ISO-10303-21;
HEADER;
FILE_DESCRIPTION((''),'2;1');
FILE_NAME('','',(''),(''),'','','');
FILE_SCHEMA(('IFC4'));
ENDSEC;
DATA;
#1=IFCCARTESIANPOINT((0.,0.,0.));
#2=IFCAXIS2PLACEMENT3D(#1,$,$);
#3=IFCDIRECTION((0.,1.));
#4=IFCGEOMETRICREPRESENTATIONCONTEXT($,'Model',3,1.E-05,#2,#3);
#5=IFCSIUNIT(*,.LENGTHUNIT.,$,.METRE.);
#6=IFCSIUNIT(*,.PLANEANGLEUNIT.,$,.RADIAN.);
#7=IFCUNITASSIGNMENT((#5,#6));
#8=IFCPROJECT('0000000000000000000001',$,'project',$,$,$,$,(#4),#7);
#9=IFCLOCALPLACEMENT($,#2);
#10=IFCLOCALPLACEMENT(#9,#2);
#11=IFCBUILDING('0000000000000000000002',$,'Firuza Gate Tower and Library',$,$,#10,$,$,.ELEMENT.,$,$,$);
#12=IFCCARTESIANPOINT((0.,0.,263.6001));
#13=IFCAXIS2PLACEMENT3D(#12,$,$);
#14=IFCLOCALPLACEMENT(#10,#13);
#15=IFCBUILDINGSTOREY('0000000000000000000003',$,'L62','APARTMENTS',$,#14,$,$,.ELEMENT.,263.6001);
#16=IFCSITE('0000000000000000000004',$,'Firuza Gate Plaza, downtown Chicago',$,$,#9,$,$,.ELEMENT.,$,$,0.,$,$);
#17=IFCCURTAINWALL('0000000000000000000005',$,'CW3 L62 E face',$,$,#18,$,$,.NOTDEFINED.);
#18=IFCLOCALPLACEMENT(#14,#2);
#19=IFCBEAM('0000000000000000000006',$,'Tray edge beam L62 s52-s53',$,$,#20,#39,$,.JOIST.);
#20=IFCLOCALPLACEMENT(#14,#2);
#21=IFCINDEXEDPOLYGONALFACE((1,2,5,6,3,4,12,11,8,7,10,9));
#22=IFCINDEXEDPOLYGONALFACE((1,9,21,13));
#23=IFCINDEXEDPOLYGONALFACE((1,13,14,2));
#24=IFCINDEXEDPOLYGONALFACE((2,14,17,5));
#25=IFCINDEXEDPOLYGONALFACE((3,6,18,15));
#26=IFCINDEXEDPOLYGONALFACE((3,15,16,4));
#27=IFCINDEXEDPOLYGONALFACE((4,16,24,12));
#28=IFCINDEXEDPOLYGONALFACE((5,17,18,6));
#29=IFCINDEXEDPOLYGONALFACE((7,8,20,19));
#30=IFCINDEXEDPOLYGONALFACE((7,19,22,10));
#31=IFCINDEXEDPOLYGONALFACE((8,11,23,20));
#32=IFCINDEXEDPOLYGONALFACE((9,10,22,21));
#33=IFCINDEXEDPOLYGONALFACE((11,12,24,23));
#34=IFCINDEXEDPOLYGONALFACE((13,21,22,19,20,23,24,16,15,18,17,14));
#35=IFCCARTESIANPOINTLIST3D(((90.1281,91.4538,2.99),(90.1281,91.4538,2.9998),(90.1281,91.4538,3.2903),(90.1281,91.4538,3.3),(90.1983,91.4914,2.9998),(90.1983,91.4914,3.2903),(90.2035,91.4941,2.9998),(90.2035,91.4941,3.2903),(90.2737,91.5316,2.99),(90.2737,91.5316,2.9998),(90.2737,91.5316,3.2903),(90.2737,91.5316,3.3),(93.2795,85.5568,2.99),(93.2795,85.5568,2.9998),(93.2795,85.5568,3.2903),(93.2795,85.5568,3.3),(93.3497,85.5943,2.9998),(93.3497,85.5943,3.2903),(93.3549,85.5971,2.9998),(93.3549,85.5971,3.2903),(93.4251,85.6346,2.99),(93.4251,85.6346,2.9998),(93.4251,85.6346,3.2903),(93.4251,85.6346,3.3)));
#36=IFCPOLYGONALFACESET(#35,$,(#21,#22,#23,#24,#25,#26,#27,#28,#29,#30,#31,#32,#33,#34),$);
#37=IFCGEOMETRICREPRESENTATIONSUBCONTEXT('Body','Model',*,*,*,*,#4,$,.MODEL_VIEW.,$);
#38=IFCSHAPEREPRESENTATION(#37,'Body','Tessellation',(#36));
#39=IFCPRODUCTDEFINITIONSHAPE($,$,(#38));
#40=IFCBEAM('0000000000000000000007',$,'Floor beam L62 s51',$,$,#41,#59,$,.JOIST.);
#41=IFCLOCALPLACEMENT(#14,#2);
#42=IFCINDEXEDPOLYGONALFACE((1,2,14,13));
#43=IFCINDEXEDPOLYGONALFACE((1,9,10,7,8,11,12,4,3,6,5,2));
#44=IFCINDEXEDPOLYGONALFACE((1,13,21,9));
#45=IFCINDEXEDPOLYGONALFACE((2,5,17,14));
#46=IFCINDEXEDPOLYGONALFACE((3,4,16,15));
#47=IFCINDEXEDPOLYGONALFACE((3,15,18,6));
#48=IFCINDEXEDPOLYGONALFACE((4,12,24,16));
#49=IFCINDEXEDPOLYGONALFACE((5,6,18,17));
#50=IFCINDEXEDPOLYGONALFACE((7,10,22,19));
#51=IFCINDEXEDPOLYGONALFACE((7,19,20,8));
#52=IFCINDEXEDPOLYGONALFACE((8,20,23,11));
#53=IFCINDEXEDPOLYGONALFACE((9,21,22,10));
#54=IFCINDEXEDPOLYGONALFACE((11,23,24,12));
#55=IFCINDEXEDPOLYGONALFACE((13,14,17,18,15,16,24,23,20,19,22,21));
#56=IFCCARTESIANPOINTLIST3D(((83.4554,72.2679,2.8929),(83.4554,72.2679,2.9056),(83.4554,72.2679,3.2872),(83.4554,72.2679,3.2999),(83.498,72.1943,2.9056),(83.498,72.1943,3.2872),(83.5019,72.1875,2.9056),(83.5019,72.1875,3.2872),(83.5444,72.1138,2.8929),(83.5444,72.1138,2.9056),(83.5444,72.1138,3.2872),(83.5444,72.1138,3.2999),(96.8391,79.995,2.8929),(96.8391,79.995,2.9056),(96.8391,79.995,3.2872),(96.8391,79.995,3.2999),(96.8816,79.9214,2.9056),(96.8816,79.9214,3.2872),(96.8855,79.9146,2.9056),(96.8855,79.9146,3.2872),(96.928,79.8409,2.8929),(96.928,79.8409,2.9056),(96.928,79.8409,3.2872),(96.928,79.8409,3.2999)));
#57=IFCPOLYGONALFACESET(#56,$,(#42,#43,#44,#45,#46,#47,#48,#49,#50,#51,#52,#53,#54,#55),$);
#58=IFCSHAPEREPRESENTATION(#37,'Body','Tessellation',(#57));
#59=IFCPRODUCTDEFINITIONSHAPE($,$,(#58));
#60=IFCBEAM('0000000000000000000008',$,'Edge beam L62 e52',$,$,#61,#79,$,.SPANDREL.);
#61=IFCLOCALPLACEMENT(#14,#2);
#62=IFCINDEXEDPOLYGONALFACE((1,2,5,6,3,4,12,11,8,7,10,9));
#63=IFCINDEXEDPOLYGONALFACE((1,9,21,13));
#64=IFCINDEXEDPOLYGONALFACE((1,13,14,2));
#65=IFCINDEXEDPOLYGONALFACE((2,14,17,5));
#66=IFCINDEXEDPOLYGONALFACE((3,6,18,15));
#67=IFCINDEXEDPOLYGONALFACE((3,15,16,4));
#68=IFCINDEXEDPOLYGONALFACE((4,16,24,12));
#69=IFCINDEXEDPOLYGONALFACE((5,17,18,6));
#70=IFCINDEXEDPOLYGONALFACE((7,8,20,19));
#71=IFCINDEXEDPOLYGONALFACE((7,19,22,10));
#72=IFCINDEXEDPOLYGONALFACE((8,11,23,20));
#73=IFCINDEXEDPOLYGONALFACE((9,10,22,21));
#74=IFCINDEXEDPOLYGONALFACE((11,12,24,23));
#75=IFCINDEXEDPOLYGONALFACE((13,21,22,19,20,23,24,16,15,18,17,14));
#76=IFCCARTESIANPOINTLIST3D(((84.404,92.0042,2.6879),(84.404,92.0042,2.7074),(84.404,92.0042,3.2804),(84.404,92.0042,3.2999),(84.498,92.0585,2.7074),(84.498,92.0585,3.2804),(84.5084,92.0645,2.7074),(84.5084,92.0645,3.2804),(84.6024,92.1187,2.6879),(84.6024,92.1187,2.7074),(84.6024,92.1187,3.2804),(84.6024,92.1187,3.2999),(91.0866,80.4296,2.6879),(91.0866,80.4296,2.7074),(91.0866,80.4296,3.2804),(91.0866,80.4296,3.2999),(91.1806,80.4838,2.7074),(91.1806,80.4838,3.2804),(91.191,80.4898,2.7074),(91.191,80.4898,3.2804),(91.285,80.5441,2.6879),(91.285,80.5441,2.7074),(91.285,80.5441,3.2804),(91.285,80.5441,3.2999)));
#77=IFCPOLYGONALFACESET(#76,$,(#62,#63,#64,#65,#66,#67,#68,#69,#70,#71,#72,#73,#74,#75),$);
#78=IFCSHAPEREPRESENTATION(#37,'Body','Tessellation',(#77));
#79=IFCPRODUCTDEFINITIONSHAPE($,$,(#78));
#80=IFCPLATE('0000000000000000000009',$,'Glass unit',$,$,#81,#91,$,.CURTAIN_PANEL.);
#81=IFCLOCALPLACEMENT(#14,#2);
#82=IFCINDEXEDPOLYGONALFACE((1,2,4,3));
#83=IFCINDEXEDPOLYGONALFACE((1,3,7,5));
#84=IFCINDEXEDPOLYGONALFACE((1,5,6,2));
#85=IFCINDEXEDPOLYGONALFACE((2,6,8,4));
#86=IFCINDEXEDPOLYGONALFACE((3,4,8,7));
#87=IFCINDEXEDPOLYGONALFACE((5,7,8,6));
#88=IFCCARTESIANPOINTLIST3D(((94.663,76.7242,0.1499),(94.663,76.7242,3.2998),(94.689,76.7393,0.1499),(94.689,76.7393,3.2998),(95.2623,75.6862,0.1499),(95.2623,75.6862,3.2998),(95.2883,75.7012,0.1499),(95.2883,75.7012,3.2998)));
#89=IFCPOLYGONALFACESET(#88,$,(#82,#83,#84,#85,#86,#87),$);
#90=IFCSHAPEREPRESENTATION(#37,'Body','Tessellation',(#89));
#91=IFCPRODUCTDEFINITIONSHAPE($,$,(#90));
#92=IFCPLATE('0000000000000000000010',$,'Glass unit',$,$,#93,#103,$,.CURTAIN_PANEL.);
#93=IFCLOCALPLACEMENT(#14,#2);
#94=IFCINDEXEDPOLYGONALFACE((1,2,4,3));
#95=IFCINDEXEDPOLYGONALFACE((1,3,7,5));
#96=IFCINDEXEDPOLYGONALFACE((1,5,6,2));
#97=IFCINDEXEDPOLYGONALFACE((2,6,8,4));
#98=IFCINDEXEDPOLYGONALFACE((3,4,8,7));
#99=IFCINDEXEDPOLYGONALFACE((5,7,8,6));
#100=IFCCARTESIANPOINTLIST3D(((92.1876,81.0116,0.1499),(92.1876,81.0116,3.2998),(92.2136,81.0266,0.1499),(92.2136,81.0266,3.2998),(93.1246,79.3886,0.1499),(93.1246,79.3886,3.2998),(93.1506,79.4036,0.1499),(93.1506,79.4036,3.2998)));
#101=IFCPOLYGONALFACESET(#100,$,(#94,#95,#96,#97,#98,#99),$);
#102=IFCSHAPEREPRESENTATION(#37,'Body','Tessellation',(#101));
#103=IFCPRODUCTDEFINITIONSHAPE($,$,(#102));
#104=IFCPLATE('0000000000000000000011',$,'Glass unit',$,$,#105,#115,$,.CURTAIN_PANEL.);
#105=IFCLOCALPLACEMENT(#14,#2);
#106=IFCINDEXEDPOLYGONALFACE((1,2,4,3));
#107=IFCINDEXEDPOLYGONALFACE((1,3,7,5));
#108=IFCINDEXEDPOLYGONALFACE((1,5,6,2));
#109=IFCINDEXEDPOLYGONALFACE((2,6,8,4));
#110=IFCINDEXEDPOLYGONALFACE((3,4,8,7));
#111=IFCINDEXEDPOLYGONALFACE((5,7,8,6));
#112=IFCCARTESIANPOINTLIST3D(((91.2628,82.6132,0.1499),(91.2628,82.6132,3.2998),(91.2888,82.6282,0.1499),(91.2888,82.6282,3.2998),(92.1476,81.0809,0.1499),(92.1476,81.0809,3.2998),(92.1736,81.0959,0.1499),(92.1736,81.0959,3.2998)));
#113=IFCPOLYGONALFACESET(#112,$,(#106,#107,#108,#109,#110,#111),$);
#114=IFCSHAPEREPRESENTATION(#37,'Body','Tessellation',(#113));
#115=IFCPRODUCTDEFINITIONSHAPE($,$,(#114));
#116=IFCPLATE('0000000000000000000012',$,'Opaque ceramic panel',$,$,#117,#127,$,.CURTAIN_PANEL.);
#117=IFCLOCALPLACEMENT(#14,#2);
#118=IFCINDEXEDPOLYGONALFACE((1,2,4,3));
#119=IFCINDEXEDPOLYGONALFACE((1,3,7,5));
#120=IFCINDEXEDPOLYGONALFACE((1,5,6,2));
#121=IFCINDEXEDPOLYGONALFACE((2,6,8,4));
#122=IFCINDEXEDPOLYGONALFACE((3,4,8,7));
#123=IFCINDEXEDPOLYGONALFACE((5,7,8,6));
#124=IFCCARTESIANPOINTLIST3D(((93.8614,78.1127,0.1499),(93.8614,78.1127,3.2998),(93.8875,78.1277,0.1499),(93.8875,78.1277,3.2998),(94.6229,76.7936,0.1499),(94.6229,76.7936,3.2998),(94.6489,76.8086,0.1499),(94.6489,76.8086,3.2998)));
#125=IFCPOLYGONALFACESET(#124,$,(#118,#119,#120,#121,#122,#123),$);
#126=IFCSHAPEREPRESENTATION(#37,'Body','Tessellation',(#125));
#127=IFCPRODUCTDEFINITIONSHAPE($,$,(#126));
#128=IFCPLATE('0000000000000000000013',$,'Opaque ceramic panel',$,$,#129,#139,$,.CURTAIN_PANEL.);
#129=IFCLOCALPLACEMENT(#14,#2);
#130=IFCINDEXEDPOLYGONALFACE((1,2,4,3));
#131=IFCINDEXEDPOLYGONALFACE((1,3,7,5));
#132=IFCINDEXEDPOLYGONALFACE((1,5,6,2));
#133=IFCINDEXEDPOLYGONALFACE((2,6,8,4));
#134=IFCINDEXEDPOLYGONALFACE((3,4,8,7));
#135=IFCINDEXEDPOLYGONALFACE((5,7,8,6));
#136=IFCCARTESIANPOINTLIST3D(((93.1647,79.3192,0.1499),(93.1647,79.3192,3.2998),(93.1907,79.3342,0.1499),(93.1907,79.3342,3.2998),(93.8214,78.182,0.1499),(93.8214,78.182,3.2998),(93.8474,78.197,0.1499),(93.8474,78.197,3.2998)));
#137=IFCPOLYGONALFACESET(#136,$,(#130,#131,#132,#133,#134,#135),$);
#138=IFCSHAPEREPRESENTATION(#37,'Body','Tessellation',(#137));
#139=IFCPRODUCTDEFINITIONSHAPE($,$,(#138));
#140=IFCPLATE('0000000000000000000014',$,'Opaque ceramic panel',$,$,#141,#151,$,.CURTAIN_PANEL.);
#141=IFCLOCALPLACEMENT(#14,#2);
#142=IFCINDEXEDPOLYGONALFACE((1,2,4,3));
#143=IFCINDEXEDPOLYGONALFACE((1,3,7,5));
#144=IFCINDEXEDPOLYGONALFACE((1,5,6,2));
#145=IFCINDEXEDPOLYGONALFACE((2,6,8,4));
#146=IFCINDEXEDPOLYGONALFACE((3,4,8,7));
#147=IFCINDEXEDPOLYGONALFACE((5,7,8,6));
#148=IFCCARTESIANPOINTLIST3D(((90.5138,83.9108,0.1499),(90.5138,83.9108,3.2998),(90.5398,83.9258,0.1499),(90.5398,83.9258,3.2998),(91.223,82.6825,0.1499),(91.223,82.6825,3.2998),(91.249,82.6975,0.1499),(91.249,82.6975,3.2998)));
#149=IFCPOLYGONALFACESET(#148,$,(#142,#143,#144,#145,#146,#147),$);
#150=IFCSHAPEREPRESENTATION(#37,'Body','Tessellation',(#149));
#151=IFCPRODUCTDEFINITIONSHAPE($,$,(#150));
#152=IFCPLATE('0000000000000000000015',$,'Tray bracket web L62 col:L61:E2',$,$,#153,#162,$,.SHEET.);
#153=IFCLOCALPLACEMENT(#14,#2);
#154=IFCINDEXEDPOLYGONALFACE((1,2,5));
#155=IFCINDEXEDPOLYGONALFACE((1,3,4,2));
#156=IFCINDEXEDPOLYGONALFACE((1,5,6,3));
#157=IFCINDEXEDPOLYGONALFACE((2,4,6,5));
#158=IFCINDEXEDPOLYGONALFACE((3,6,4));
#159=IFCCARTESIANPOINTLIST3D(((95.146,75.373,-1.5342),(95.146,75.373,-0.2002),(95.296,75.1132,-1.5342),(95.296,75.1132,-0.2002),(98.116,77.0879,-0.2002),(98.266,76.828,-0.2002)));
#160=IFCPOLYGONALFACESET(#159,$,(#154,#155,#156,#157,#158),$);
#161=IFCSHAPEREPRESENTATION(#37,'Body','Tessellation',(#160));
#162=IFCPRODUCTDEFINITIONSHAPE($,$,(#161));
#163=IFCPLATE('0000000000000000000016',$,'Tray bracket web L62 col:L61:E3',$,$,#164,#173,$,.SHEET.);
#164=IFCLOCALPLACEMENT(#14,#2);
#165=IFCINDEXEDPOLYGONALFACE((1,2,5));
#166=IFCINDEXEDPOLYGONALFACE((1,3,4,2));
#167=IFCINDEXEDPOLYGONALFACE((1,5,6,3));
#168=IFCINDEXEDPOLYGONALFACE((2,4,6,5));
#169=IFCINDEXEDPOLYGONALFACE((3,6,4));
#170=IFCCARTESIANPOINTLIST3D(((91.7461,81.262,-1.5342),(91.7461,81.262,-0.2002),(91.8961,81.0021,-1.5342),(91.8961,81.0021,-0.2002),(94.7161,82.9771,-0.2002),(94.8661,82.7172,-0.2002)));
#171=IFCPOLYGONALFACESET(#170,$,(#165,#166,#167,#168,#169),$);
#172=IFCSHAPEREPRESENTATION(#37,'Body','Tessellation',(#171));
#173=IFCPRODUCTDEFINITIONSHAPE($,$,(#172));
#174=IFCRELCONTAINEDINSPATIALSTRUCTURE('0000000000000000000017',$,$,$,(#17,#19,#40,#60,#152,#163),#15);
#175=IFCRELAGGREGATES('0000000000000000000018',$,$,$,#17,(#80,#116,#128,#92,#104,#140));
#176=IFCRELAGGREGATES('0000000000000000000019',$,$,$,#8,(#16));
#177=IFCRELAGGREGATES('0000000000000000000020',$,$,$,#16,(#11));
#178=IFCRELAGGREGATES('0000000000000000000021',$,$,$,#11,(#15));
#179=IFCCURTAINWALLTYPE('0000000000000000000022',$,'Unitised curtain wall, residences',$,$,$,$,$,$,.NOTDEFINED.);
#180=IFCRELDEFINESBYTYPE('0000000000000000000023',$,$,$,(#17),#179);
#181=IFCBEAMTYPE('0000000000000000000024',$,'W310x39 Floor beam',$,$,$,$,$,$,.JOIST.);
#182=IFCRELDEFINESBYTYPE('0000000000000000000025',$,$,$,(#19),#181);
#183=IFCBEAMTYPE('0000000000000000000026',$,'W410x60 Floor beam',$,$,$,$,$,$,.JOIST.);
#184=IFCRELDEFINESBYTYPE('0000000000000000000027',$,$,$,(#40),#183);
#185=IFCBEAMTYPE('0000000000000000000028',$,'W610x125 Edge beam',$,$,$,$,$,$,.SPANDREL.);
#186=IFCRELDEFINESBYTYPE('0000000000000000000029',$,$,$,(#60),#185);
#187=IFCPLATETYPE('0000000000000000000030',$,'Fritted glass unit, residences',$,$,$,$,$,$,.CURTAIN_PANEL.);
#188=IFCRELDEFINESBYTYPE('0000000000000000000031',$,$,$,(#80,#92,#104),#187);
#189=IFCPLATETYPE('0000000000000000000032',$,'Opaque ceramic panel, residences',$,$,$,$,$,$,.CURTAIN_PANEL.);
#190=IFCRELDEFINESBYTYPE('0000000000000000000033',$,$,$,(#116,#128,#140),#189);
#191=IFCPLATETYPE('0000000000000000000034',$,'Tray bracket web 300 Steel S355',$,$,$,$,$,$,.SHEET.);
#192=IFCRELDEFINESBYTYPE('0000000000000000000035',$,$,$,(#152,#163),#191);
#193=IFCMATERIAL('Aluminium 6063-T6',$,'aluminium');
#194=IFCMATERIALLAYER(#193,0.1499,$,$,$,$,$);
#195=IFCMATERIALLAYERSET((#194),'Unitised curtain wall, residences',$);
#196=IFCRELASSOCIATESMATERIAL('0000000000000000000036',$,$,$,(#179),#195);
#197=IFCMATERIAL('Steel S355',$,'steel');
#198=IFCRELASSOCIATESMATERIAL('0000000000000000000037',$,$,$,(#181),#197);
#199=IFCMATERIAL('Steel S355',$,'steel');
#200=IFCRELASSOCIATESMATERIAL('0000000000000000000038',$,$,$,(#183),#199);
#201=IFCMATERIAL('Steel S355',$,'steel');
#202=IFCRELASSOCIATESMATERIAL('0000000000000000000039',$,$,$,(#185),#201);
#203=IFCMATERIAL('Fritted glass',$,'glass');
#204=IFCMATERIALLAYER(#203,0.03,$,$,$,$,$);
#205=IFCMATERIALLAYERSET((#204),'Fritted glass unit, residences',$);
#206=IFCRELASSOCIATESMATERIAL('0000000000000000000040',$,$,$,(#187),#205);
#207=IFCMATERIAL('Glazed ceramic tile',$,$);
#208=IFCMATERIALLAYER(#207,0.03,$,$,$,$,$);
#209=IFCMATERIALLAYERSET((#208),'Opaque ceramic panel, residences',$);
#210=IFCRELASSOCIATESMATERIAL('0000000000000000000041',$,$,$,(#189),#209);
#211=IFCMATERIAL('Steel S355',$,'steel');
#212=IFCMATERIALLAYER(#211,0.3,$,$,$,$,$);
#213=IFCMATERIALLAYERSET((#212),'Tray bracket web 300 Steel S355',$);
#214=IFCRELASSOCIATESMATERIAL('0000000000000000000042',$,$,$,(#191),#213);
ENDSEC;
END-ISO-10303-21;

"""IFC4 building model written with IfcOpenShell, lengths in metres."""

from ifc_helpers import new_model, si_unit, direction, frame, origin, origin_2d, place, context, subcontext, project, spatial, polyline, i_section, outline, extrude, material, layer, layer_set, material_profile, profile_set, type_object, element, aggregate, save


model = new_model("IFC4")

# Units and contexts
model_context = context("Model", 3, precision=1e-05, world=origin(), true_north=direction((0.0, 1.0)))
body_context = subcontext(model_context, "Body", "Model", "MODEL_VIEW")
ifc_project = project(units=[si_unit("LENGTHUNIT", "METRE"), si_unit("PLANEANGLEUNIT", "RADIAN")], contexts=[model_context])

# Site, building, storey
site_placement = place(None, origin())
site = spatial("IfcSite", under=ifc_project, at=site_placement, Name="Firuza Gate Plaza, downtown Chicago", CompositionType="ELEMENT", RefElevation=0.0)
building_placement = place(site_placement, origin())
building = spatial("IfcBuilding", under=site, at=building_placement, Name="Firuza Gate Tower and Library", CompositionType="ELEMENT")
storey_placement = place(building_placement, frame((0.0, 0.0, 263.6001)))
storey = spatial("IfcBuildingStorey", under=building, at=storey_placement, Name="L62", Description="APARTMENTS", CompositionType="ELEMENT", Elevation=263.6001)

# Curtain wall
ifc_material_1 = material(Name="Aluminium 6063-T6", Category="aluminium")
ifc_layer_1 = layer(ifc_material_1, 0.1499)
ifc_layer_set_1 = layer_set([ifc_layer_1], Name="Unitised curtain wall, residences")
curtain_wall_type = type_object("IfcCurtainWallType", Name="Unitised curtain wall, residences", PredefinedType="NOTDEFINED", material=ifc_layer_set_1)
curtain_wall_placement = place(storey_placement, origin())
curtain_wall = element("IfcCurtainWall", 1, at=curtain_wall_placement, inside=storey, type_object=curtain_wall_type, Name="CW3 L62 E face", PredefinedType="NOTDEFINED")

# Beams
ifc_material_2 = material(Name="Steel S355", Category="steel")
ifc_material_profile_1 = material_profile(ifc_material_2, i_section(OverallWidth=0.165, OverallDepth=0.3101, WebThickness=0.0059, FlangeThickness=0.0098, at=origin_2d()))
ifc_profile_set_1 = profile_set([ifc_material_profile_1], Name="Steel S355")
beam_type_1 = type_object("IfcBeamType", Name="W310x39 Floor beam", PredefinedType="JOIST", material=ifc_profile_set_1)
for number, where, z_axis, x_axis, name in (
    (2, (93.3523, 85.5957, 3.145), (-0.471323, 0.88196, 0.0), (-0.88196, -0.471323, 0.0), "Tray edge beam L62 s52-s53"),
):
    element("IfcBeam", number, at=place(storey_placement, frame(where, z_axis=z_axis, x_axis=x_axis)), inside=storey, type_object=beam_type_1, Name=name, PredefinedType="JOIST", context=body_context, shape_type="SweptSolid", body=[
        extrude(i_section(OverallWidth=0.165, OverallDepth=0.3101, WebThickness=0.0059, FlangeThickness=0.0098, at=origin_2d()), origin(), (0.0, 0.0, 1.0), 6.6863),
    ])
ifc_material_3 = material(Name="Steel S355", Category="steel")
ifc_material_profile_2 = material_profile(ifc_material_3, i_section(OverallWidth=0.178, OverallDepth=0.407, WebThickness=0.0078, FlangeThickness=0.0127, at=origin_2d()))
ifc_profile_set_2 = profile_set([ifc_material_profile_2], Name="Steel S355")
beam_type_2 = type_object("IfcBeamType", Name="W410x60 Floor beam", PredefinedType="JOIST", material=ifc_profile_set_2)
beam_1_placement = place(storey_placement, frame((96.8835, 79.918, 3.0964), z_axis=(-0.866024, -0.500003, 0.0), x_axis=(0.500003, -0.866024, 0.0)))
element("IfcBeam", 3, at=beam_1_placement, inside=storey, type_object=beam_type_2, Name="Floor beam L62 s51", PredefinedType="JOIST", context=body_context, shape_type="SweptSolid", body=[
    extrude(i_section(OverallWidth=0.178, OverallDepth=0.407, WebThickness=0.0078, FlangeThickness=0.0127, at=origin_2d()), origin(), (0.0, 0.0, 1.0), 15.4541),
])
ifc_material_4 = material(Name="Steel S355", Category="steel")
ifc_material_profile_3 = material_profile(ifc_material_4, i_section(OverallWidth=0.229, OverallDepth=0.6121, WebThickness=0.012, FlangeThickness=0.0195, at=origin_2d()))
ifc_profile_set_3 = profile_set([ifc_material_profile_3], Name="Steel S355")
beam_type_3 = type_object("IfcBeamType", Name="W610x125 Edge beam", PredefinedType="SPANDREL", material=ifc_profile_set_3)
beam_2_placement = place(storey_placement, frame((91.1858, 80.4868, 2.9939), z_axis=(-0.499998, 0.866027, 0.0), x_axis=(-0.866027, -0.499998, 0.0)))
element("IfcBeam", 4, at=beam_2_placement, inside=storey, type_object=beam_type_3, Name="Edge beam L62 e52", PredefinedType="SPANDREL", context=body_context, shape_type="SweptSolid", body=[
    extrude(i_section(OverallWidth=0.229, OverallDepth=0.6121, WebThickness=0.012, FlangeThickness=0.0195, at=origin_2d()), origin(), (0.0, 0.0, 1.0), 13.3652),
])

# Plates
ifc_material_5 = material(Name="Fritted glass", Category="glass")
ifc_layer_2 = layer(ifc_material_5, 0.03)
ifc_layer_set_2 = layer_set([ifc_layer_2], Name="Fritted glass unit, residences")
plate_type_1 = type_object("IfcPlateType", Name="Fritted glass unit, residences", PredefinedType="CURTAIN_PANEL", material=ifc_layer_set_2)
plate_1_placement = place(storey_placement, frame((95.2883, 75.7012, 0.1499), z_axis=(0.866016, 0.500016, 0.0), x_axis=(-0.500016, 0.866016, 0.0)))
plate_1 = element("IfcPlate", 5, at=plate_1_placement, type_object=plate_type_1, Name="Glass unit", PredefinedType="CURTAIN_PANEL", context=body_context, shape_type="SweptSolid", body=[
    extrude(outline(polyline([(0.0, 0.0), (1.1987, 0.0), (1.1987, 3.1499), (0.0, 3.1499), (0.0, 0.0)])), origin(), (0.0, 0.0, -1.0), 0.03),
])
plate_2_placement = place(storey_placement, frame((93.1506, 79.4036, 0.1499), z_axis=(0.866038, 0.499978, 0.0), x_axis=(-0.499978, 0.866038, 0.0)))
plate_2 = element("IfcPlate", 6, at=plate_2_placement, type_object=plate_type_1, Name="Glass unit", PredefinedType="CURTAIN_PANEL", context=body_context, shape_type="SweptSolid", body=[
    extrude(outline(polyline([(0.0, 0.0), (1.8741, 0.0), (1.8741, 3.1499), (0.0, 3.1499), (0.0, 0.0)])), origin(), (0.0, 0.0, -1.0), 0.03),
])
plate_3_placement = place(storey_placement, frame((92.1736, 81.0959, 0.1499), z_axis=(0.865993, 0.500057, 0.0), x_axis=(-0.500057, 0.865993, 0.0)))
plate_3 = element("IfcPlate", 7, at=plate_3_placement, type_object=plate_type_1, Name="Glass unit", PredefinedType="CURTAIN_PANEL", context=body_context, shape_type="SweptSolid", body=[
    extrude(outline(polyline([(0.0, 0.0), (1.7693, 0.0), (1.7693, 3.1499), (0.0, 3.1499), (0.0, 0.0)])), origin(), (0.0, 0.0, -1.0), 0.03),
])
ifc_material_6 = material(Name="Glazed ceramic tile")
ifc_layer_3 = layer(ifc_material_6, 0.03)
ifc_layer_set_3 = layer_set([ifc_layer_3], Name="Opaque ceramic panel, residences")
plate_type_2 = type_object("IfcPlateType", Name="Opaque ceramic panel, residences", PredefinedType="CURTAIN_PANEL", material=ifc_layer_set_3)
plate_4_placement = place(storey_placement, frame((94.6489, 76.8086, 0.1499), z_axis=(0.866055, 0.499949, 0.0), x_axis=(-0.499949, 0.866055, 0.0)))
plate_4 = element("IfcPlate", 8, at=plate_4_placement, type_object=plate_type_2, Name="Opaque ceramic panel", PredefinedType="CURTAIN_PANEL", context=body_context, shape_type="SweptSolid", body=[
    extrude(outline(polyline([(0.0, 0.0), (1.5231, 0.0), (1.5231, 3.1499), (0.0, 3.1499), (0.0, 0.0)])), origin(), (0.0, 0.0, -1.0), 0.03),
])
plate_5_placement = place(storey_placement, frame((93.8474, 78.197, 0.1499), z_axis=(0.865969, 0.500098, 0.0), x_axis=(-0.500098, 0.865969, 0.0)))
plate_5 = element("IfcPlate", 9, at=plate_5_placement, type_object=plate_type_2, Name="Opaque ceramic panel", PredefinedType="CURTAIN_PANEL", context=body_context, shape_type="SweptSolid", body=[
    extrude(outline(polyline([(0.0, 0.0), (1.3132, 0.0), (1.3132, 3.1499), (0.0, 3.1499), (0.0, 0.0)])), origin(), (0.0, 0.0, -1.0), 0.03),
])
plate_6_placement = place(storey_placement, frame((91.249, 82.6975, 0.1499), z_axis=(0.865999, 0.500045, 0.0), x_axis=(-0.500045, 0.865999, 0.0)))
plate_6 = element("IfcPlate", 10, at=plate_6_placement, type_object=plate_type_2, Name="Opaque ceramic panel", PredefinedType="CURTAIN_PANEL", context=body_context, shape_type="SweptSolid", body=[
    extrude(outline(polyline([(0.0, 0.0), (1.4183, 0.0), (1.4183, 3.1499), (0.0, 3.1499), (0.0, 0.0)])), origin(), (0.0, 0.0, -1.0), 0.03),
])
aggregate(curtain_wall, [plate_1, plate_4, plate_5, plate_2, plate_3, plate_6])

# Plates
ifc_material_7 = material(Name="Steel S355", Category="steel")
ifc_layer_4 = layer(ifc_material_7, 0.3)
ifc_layer_set_4 = layer_set([ifc_layer_4], Name="Tray bracket web 300 Steel S355")
plate_type_3 = type_object("IfcPlateType", Name="Tray bracket web 300 Steel S355", PredefinedType="SHEET", material=ifc_layer_set_4)
plate_7_placement = place(storey_placement, frame((95.146, 75.373, -0.2002), z_axis=(-0.500029, 0.866009, 0.0), x_axis=(0.866009, 0.500029, 0.0)))
element("IfcPlate", 11, at=plate_7_placement, inside=storey, type_object=plate_type_3, Name="Tray bracket web L62 col:L61:E2", PredefinedType="SHEET", context=body_context, shape_type="SweptSolid", body=[
    extrude(outline(polyline([(0.0, 0.0), (3.4295, 0.0), (0.0, 1.334), (0.0, 0.0)])), origin(), (0.0, 0.0, -1.0), 0.3),
])
plate_8_placement = place(storey_placement, frame((91.7461, 81.262, -0.2002), z_axis=(-0.500082, 0.865978, 0.0), x_axis=(0.865978, 0.500082, 0.0)))
element("IfcPlate", 12, at=plate_8_placement, inside=storey, type_object=plate_type_3, Name="Tray bracket web L62 col:L61:E3", PredefinedType="SHEET", context=body_context, shape_type="SweptSolid", body=[
    extrude(outline(polyline([(0.0, 0.0), (3.4296, 0.0), (0.0, 1.334), (0.0, 0.0)])), origin(), (0.0, 0.0, -1.0), 0.3),
])

save(model, "model.ifc")
